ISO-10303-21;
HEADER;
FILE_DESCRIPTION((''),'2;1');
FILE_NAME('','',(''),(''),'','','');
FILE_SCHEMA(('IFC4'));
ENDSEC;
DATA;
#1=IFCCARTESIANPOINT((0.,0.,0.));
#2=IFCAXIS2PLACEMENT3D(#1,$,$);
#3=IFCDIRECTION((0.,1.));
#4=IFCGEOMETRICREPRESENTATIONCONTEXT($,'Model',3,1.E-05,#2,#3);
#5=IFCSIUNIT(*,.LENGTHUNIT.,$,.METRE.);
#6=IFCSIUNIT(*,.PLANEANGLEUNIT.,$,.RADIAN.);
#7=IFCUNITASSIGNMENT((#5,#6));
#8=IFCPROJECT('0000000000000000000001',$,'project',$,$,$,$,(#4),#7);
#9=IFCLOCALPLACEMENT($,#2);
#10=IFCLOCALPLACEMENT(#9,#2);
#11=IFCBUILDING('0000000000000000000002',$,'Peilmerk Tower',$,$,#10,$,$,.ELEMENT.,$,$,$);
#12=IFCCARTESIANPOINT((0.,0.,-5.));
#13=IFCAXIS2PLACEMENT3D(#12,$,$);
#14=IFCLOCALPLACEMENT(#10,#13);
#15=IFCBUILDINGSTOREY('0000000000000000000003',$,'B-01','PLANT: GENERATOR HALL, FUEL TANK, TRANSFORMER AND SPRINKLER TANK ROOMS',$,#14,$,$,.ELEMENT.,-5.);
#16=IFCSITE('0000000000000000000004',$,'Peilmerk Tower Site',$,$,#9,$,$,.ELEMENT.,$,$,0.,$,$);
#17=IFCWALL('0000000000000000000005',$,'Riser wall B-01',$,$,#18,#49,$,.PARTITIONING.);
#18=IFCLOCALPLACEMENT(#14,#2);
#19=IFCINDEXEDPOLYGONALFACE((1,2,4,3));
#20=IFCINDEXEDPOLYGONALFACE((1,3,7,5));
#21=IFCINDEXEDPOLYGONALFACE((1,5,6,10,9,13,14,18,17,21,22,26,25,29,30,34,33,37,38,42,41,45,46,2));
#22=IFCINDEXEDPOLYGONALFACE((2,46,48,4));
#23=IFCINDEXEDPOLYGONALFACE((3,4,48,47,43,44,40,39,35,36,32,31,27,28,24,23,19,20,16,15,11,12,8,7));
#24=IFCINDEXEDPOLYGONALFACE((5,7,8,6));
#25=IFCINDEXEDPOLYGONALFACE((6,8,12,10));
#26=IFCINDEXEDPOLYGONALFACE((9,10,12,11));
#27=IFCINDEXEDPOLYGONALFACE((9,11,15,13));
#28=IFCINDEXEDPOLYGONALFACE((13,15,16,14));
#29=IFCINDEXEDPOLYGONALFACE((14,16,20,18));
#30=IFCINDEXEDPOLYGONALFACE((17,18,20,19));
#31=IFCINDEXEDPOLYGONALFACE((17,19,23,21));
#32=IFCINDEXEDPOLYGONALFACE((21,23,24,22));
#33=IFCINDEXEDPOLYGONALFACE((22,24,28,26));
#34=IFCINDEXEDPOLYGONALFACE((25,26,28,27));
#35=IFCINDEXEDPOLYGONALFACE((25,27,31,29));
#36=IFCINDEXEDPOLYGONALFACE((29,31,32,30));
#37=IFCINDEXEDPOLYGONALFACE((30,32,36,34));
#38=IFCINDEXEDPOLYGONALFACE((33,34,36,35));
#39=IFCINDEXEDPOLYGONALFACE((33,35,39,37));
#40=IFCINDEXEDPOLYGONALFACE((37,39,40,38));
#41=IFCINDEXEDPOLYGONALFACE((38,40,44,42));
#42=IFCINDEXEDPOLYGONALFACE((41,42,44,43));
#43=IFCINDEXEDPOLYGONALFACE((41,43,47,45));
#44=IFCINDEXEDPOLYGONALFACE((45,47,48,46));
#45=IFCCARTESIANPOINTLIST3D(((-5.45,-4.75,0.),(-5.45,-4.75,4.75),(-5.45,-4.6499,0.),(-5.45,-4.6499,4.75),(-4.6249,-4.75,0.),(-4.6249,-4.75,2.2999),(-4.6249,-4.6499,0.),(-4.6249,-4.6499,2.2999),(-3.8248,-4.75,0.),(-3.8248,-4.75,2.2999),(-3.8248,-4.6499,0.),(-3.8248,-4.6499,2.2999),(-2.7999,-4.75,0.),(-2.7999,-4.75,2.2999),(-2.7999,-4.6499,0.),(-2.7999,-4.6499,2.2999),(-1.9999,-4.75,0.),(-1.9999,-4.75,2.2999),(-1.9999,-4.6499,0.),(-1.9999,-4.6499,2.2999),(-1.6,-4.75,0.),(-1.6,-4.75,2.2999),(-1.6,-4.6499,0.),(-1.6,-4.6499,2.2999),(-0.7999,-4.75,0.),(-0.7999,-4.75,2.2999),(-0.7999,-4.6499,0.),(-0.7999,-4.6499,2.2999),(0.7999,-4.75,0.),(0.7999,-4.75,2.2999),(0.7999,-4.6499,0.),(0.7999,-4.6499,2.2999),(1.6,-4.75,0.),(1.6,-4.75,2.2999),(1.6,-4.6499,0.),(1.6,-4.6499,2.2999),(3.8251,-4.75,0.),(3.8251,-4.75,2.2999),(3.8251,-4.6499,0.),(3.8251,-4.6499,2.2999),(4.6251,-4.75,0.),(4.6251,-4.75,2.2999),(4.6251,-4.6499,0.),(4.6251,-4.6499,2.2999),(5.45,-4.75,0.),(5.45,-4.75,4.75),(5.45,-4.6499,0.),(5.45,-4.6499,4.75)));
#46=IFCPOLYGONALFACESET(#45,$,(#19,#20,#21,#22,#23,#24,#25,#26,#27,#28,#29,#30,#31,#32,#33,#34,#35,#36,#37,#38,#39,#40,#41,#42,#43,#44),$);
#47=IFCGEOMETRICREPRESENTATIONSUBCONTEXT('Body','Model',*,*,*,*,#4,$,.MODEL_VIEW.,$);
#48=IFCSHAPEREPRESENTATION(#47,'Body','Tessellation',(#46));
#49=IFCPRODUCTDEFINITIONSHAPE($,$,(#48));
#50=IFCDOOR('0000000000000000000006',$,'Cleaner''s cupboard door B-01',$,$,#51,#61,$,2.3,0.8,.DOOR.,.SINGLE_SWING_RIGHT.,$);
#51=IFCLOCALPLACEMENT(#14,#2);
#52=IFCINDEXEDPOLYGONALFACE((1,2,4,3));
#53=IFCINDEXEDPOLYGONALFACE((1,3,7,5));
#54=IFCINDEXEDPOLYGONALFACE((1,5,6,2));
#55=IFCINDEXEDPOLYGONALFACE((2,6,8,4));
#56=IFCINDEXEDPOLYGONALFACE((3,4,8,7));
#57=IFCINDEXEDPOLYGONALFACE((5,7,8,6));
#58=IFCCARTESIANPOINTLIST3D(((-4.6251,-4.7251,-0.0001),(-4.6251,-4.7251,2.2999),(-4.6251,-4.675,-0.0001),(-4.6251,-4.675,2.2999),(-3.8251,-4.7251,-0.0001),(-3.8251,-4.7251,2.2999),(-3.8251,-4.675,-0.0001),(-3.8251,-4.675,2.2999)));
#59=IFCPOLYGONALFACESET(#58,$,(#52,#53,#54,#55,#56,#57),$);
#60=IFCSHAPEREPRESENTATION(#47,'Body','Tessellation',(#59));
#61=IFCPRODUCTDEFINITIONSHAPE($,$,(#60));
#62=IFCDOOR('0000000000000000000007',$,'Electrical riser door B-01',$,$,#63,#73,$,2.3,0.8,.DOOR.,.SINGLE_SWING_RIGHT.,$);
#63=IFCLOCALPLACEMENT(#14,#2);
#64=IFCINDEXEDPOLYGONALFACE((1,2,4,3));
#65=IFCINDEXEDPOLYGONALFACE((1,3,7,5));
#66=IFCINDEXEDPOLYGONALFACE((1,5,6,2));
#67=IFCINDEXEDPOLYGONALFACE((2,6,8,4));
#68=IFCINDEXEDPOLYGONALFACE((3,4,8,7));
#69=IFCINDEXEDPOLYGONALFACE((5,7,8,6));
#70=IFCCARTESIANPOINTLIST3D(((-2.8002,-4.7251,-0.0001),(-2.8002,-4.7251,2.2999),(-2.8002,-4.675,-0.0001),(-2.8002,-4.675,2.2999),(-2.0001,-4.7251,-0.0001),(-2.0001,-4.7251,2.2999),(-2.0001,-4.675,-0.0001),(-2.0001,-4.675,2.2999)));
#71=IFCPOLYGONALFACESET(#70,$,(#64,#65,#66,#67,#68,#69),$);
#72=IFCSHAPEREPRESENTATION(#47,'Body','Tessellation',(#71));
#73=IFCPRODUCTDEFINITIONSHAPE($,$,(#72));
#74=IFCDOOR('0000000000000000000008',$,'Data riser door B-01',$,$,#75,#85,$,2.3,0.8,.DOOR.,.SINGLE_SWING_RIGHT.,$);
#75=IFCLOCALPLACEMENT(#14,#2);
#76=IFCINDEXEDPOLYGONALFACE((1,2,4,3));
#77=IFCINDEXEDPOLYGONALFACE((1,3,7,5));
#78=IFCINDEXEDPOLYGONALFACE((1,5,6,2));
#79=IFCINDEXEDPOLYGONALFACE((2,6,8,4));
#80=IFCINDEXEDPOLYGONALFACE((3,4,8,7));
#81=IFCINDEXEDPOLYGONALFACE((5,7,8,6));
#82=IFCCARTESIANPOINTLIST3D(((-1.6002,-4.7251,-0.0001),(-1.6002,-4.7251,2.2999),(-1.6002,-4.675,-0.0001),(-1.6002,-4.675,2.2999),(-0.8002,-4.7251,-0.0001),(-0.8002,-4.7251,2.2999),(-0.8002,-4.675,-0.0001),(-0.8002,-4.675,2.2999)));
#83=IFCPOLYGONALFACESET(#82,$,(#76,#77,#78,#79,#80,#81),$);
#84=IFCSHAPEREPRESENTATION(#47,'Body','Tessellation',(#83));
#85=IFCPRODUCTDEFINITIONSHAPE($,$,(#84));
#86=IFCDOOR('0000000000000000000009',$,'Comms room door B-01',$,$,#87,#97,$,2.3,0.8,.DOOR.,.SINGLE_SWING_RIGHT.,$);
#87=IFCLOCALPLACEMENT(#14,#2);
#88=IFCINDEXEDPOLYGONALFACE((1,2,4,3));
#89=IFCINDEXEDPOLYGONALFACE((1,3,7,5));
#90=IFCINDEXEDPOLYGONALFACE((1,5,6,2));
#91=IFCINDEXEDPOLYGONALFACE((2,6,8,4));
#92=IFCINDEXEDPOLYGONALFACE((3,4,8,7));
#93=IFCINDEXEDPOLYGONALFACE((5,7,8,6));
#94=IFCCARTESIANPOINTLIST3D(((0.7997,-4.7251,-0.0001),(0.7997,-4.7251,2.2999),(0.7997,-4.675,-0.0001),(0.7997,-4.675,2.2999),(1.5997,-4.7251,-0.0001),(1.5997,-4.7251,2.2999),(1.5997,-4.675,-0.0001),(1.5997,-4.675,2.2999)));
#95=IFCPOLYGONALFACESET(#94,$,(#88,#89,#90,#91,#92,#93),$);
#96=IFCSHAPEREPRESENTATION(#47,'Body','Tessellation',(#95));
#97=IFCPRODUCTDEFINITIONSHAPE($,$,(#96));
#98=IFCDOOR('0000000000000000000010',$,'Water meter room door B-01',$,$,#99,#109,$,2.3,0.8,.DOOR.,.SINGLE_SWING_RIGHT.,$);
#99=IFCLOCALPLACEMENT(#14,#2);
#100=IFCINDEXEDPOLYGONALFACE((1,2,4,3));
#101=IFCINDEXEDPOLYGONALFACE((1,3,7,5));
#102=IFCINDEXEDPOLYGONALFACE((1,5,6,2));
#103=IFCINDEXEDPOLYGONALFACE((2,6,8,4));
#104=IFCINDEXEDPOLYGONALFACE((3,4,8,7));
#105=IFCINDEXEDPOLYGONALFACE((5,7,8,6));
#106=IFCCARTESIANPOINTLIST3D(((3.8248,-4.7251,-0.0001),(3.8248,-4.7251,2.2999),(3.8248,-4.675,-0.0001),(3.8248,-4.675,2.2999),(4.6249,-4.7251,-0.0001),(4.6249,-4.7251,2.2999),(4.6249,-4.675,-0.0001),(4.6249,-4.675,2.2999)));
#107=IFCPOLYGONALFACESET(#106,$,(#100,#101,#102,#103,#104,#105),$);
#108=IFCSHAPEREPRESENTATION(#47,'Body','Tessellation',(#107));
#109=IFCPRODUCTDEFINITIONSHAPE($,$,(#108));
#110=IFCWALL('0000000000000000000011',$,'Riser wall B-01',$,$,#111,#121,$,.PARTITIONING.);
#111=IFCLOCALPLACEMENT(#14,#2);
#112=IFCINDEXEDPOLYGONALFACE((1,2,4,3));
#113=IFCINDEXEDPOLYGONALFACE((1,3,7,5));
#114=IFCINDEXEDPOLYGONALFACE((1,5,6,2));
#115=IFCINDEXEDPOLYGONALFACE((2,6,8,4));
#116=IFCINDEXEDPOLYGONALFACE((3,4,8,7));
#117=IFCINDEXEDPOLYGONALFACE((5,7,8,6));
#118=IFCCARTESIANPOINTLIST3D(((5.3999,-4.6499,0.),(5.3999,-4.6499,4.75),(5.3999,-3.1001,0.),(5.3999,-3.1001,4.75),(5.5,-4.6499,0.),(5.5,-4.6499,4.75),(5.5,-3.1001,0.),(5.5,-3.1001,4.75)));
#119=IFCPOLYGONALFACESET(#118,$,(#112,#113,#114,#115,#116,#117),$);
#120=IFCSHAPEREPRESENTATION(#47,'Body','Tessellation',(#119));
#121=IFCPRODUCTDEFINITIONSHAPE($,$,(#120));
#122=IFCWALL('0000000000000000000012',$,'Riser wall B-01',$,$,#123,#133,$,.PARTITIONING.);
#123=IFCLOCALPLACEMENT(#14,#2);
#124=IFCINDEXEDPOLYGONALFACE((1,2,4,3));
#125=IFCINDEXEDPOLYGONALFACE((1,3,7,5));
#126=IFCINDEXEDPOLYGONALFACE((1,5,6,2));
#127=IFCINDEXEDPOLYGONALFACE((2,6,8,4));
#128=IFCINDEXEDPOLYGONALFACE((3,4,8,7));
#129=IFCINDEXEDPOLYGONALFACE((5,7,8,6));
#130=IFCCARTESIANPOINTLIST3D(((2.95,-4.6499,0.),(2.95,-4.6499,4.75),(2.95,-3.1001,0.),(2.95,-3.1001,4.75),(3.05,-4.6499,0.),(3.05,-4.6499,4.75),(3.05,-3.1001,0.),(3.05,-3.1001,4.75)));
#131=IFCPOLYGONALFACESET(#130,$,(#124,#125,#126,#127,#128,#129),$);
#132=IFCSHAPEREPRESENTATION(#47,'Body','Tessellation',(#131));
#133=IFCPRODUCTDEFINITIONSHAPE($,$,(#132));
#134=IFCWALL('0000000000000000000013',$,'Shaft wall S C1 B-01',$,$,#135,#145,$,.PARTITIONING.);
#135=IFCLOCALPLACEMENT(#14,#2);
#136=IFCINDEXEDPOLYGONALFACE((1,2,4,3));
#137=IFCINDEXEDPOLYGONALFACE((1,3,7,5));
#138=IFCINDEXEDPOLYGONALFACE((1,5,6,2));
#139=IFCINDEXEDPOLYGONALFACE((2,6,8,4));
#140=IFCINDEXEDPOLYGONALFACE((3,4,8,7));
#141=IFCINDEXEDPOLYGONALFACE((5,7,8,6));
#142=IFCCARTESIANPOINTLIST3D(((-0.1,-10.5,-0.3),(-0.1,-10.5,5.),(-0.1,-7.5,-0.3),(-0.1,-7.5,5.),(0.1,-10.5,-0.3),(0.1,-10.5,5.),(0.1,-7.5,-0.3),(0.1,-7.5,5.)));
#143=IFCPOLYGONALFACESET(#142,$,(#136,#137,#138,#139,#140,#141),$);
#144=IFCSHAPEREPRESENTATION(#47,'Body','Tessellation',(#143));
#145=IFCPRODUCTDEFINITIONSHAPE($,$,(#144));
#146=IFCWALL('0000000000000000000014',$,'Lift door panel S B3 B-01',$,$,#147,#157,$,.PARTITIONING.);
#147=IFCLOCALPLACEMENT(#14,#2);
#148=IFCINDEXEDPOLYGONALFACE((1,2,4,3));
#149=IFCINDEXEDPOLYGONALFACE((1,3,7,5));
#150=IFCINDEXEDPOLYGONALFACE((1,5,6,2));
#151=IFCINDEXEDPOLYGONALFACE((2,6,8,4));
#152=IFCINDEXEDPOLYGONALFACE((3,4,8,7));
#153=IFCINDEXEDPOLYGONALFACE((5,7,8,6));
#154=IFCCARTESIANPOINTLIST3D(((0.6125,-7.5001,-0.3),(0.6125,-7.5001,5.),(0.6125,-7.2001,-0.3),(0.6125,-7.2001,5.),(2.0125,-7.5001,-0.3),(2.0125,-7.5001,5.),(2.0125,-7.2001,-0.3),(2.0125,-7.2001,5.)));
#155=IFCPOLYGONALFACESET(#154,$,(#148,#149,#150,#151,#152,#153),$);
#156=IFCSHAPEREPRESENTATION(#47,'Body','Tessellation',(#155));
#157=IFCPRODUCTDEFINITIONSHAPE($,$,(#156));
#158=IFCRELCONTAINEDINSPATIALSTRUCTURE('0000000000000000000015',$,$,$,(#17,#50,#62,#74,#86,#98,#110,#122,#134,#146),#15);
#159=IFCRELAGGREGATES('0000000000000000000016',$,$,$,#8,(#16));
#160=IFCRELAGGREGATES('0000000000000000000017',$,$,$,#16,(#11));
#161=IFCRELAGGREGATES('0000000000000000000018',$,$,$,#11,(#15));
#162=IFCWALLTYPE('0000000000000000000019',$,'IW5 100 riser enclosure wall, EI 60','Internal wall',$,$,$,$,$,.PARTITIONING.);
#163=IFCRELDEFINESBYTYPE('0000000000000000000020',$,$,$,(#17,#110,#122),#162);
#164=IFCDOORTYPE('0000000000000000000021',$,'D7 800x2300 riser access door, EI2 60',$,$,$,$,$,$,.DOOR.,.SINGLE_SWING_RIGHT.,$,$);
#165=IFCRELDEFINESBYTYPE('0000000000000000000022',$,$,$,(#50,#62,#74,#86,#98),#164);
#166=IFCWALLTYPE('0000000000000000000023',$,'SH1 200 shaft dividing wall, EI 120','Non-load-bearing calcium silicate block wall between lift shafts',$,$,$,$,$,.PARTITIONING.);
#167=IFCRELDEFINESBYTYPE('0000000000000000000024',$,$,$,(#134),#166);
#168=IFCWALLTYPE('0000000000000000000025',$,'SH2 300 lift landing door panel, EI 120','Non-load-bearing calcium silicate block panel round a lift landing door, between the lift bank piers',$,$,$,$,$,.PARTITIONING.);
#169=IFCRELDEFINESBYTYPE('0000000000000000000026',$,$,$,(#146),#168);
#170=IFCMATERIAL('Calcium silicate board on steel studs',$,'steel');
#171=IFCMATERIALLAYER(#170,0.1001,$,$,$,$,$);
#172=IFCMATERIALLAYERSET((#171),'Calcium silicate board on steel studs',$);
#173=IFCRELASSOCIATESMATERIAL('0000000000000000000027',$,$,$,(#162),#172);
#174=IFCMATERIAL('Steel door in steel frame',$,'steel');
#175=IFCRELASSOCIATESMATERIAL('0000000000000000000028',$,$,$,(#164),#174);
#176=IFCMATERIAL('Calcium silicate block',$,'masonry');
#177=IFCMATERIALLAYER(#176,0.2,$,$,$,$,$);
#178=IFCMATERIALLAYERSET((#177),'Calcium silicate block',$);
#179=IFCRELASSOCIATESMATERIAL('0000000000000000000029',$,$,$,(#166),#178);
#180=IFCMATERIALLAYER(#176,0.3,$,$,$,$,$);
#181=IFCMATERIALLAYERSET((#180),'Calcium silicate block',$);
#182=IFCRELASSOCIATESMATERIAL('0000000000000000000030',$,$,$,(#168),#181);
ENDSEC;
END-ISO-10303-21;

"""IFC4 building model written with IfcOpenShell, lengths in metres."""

from ifc_helpers import new_model, si_unit, direction, frame, frame_2d, origin, place, context, subcontext, project, spatial, rectangle, extrude, material, layer, layer_set, type_object, element, fill, save


model = new_model("IFC4")

# Units and contexts
model_context = context("Model", 3, precision=1e-05, world=origin(), true_north=direction((0.0, 1.0)))
body_context = subcontext(model_context, "Body", "Model", "MODEL_VIEW")
ifc_project = project(units=[si_unit("LENGTHUNIT", "METRE"), si_unit("PLANEANGLEUNIT", "RADIAN")], contexts=[model_context])

# Site, building, storey
site_placement = place(None, origin())
site = spatial("IfcSite", under=ifc_project, at=site_placement, Name="Peilmerk Tower Site", CompositionType="ELEMENT", RefElevation=0.0)
building_placement = place(site_placement, origin())
building = spatial("IfcBuilding", under=site, at=building_placement, Name="Peilmerk Tower", CompositionType="ELEMENT")
storey_placement = place(building_placement, frame((0.0, 0.0, -5.0)))
storey = spatial("IfcBuildingStorey", under=building, at=storey_placement, Name="B-01", Description="PLANT: GENERATOR HALL, FUEL TANK, TRANSFORMER AND SPRINKLER TANK ROOMS", CompositionType="ELEMENT", Elevation=-5.0)

# Shared definitions
ifc_material_1 = material(Name="Calcium silicate board on steel studs", Category="steel")
ifc_layer_1 = layer(ifc_material_1, 0.1001)
ifc_layer_set_1 = layer_set([ifc_layer_1], Name="Calcium silicate board on steel studs")
wall_type_1 = type_object("IfcWallType", Name="IW5 100 riser enclosure wall, EI 60", Description="Internal wall", PredefinedType="PARTITIONING", material=ifc_layer_set_1)

# Wall, openings, doors
wall_1_placement = place(storey_placement, frame((5.45, -4.7, 0.0), z_axis=(0.0, 0.0, 1.0), x_axis=(-1.0, 0.0, 0.0)))
wall_1 = element("IfcWall", 1, at=wall_1_placement, inside=storey, type_object=wall_type_1, Name="Riser wall B-01", PredefinedType="PARTITIONING", context=body_context, shape_type="SweptSolid", body=[
    extrude(rectangle(XDim=10.8999, YDim=0.1001, at=frame_2d((5.45, 0.0))), origin(), (0.0, 0.0, 1.0), 4.75),
])
opening_1_placement = place(wall_1_placement, frame((9.2749, 0.0, 0.0)))
opening_1 = element("IfcOpeningElement", 2, at=opening_1_placement, cuts=wall_1, PredefinedType="OPENING", context=body_context, shape_type="SweptSolid", body=[
    extrude(rectangle(XDim=0.8, YDim=2.3, at=frame_2d((0.3999, 1.1499))), frame((0.0, 0.0601, 0.0), z_axis=(0.0, -1.0, 0.0), x_axis=(1.0, 0.0, 0.0)), (0.0, 0.0, 1.0), 0.1201),
])
opening_2_placement = place(wall_1_placement, frame((7.45, 0.0, 0.0)))
opening_2 = element("IfcOpeningElement", 3, at=opening_2_placement, cuts=wall_1, PredefinedType="OPENING", context=body_context, shape_type="SweptSolid", body=[
    extrude(rectangle(XDim=0.8, YDim=2.3, at=frame_2d((0.3999, 1.1499))), frame((0.0, 0.0601, 0.0), z_axis=(0.0, -1.0, 0.0), x_axis=(1.0, 0.0, 0.0)), (0.0, 0.0, 1.0), 0.1201),
])
opening_3_placement = place(wall_1_placement, frame((6.25, 0.0, 0.0)))
opening_3 = element("IfcOpeningElement", 4, at=opening_3_placement, cuts=wall_1, PredefinedType="OPENING", context=body_context, shape_type="SweptSolid", body=[
    extrude(rectangle(XDim=0.8, YDim=2.3, at=frame_2d((0.3999, 1.1499))), frame((0.0, 0.0601, 0.0), z_axis=(0.0, -1.0, 0.0), x_axis=(1.0, 0.0, 0.0)), (0.0, 0.0, 1.0), 0.1201),
])
opening_4_placement = place(wall_1_placement, frame((3.8501, 0.0, 0.0)))
opening_4 = element("IfcOpeningElement", 5, at=opening_4_placement, cuts=wall_1, PredefinedType="OPENING", context=body_context, shape_type="SweptSolid", body=[
    extrude(rectangle(XDim=0.8, YDim=2.3, at=frame_2d((0.3999, 1.1499))), frame((0.0, 0.0601, 0.0), z_axis=(0.0, -1.0, 0.0), x_axis=(1.0, 0.0, 0.0)), (0.0, 0.0, 1.0), 0.1201),
])
opening_5_placement = place(wall_1_placement, frame((0.825, 0.0, 0.0)))
opening_5 = element("IfcOpeningElement", 6, at=opening_5_placement, cuts=wall_1, PredefinedType="OPENING", context=body_context, shape_type="SweptSolid", body=[
    extrude(rectangle(XDim=0.8, YDim=2.3, at=frame_2d((0.3999, 1.1499))), frame((0.0, 0.0601, 0.0), z_axis=(0.0, -1.0, 0.0), x_axis=(1.0, 0.0, 0.0)), (0.0, 0.0, 1.0), 0.1201),
])
ifc_material_2 = material(Name="Steel door in steel frame", Category="steel")
door_type_1 = type_object("IfcDoorType", Name="D7 800x2300 riser access door, EI2 60", OperationType="SINGLE_SWING_RIGHT", PredefinedType="DOOR", material=ifc_material_2)
door_1_placement = place(opening_1_placement, frame((0.8, 0.0, 0.0), z_axis=(0.0, 0.0, 1.0), x_axis=(-1.0, 0.0, 0.0)))
door_1 = element("IfcDoor", 7, at=door_1_placement, inside=storey, type_object=door_type_1, Name="Cleaner's cupboard door B-01", OperationType="SINGLE_SWING_RIGHT", OverallHeight=2.3, OverallWidth=0.8, PredefinedType="DOOR", context=body_context, shape_type="SweptSolid", body=[
    extrude(rectangle(XDim=0.8, YDim=2.3, at=frame_2d((0.3999, 1.1499))), frame((0.0, 0.0249, 0.0), z_axis=(0.0, -1.0, 0.0), x_axis=(1.0, 0.0, 0.0)), (0.0, 0.0, 1.0), 0.05),
])
fill(opening_1, door_1)
door_2_placement = place(opening_2_placement, frame((0.8, 0.0, 0.0), z_axis=(0.0, 0.0, 1.0), x_axis=(-1.0, 0.0, 0.0)))
door_2 = element("IfcDoor", 8, at=door_2_placement, inside=storey, type_object=door_type_1, Name="Electrical riser door B-01", OperationType="SINGLE_SWING_RIGHT", OverallHeight=2.3, OverallWidth=0.8, PredefinedType="DOOR", context=body_context, shape_type="SweptSolid", body=[
    extrude(rectangle(XDim=0.8, YDim=2.3, at=frame_2d((0.3999, 1.1499))), frame((0.0, 0.0249, 0.0), z_axis=(0.0, -1.0, 0.0), x_axis=(1.0, 0.0, 0.0)), (0.0, 0.0, 1.0), 0.05),
])
fill(opening_2, door_2)
door_3_placement = place(opening_3_placement, frame((0.8, 0.0, 0.0), z_axis=(0.0, 0.0, 1.0), x_axis=(-1.0, 0.0, 0.0)))
door_3 = element("IfcDoor", 9, at=door_3_placement, inside=storey, type_object=door_type_1, Name="Data riser door B-01", OperationType="SINGLE_SWING_RIGHT", OverallHeight=2.3, OverallWidth=0.8, PredefinedType="DOOR", context=body_context, shape_type="SweptSolid", body=[
    extrude(rectangle(XDim=0.8, YDim=2.3, at=frame_2d((0.3999, 1.1499))), frame((0.0, 0.0249, 0.0), z_axis=(0.0, -1.0, 0.0), x_axis=(1.0, 0.0, 0.0)), (0.0, 0.0, 1.0), 0.05),
])
fill(opening_3, door_3)
door_4_placement = place(opening_4_placement, frame((0.8, 0.0, 0.0), z_axis=(0.0, 0.0, 1.0), x_axis=(-1.0, 0.0, 0.0)))
door_4 = element("IfcDoor", 10, at=door_4_placement, inside=storey, type_object=door_type_1, Name="Comms room door B-01", OperationType="SINGLE_SWING_RIGHT", OverallHeight=2.3, OverallWidth=0.8, PredefinedType="DOOR", context=body_context, shape_type="SweptSolid", body=[
    extrude(rectangle(XDim=0.8, YDim=2.3, at=frame_2d((0.3999, 1.1499))), frame((0.0, 0.0249, 0.0), z_axis=(0.0, -1.0, 0.0), x_axis=(1.0, 0.0, 0.0)), (0.0, 0.0, 1.0), 0.05),
])
fill(opening_4, door_4)
door_5_placement = place(opening_5_placement, frame((0.8, 0.0, 0.0), z_axis=(0.0, 0.0, 1.0), x_axis=(-1.0, 0.0, 0.0)))
door_5 = element("IfcDoor", 11, at=door_5_placement, inside=storey, type_object=door_type_1, Name="Water meter room door B-01", OperationType="SINGLE_SWING_RIGHT", OverallHeight=2.3, OverallWidth=0.8, PredefinedType="DOOR", context=body_context, shape_type="SweptSolid", body=[
    extrude(rectangle(XDim=0.8, YDim=2.3, at=frame_2d((0.3999, 1.1499))), frame((0.0, 0.0249, 0.0), z_axis=(0.0, -1.0, 0.0), x_axis=(1.0, 0.0, 0.0)), (0.0, 0.0, 1.0), 0.05),
])
fill(opening_5, door_5)

# Walls
for number, where, z_axis, x_axis, name in (
    (12, (5.45, -3.1001, 0.0), (0.0, 0.0, 1.0), (0.0, -1.0, 0.0), "Riser wall B-01"),
    (13, (3.0, -3.1001, 0.0), (0.0, 0.0, 1.0), (0.0, -1.0, 0.0), "Riser wall B-01"),
):
    element("IfcWall", number, at=place(storey_placement, frame(where, z_axis=z_axis, x_axis=x_axis)), inside=storey, type_object=wall_type_1, Name=name, PredefinedType="PARTITIONING", context=body_context, shape_type="SweptSolid", body=[
        extrude(rectangle(XDim=1.5498, YDim=0.1001, at=frame_2d((0.7749, 0.0))), origin(), (0.0, 0.0, 1.0), 4.75),
    ])
ifc_material_3 = material(Name="Calcium silicate block", Category="masonry")
ifc_layer_2 = layer(ifc_material_3, 0.2)
ifc_layer_set_2 = layer_set([ifc_layer_2], Name="Calcium silicate block")
wall_type_2 = type_object("IfcWallType", Name="SH1 200 shaft dividing wall, EI 120", Description="Non-load-bearing calcium silicate block wall between lift shafts", PredefinedType="PARTITIONING", material=ifc_layer_set_2)
wall_2_placement = place(storey_placement, frame((0.0, -10.5, -0.3), z_axis=(0.0, 0.0, 1.0), x_axis=(0.0, 1.0, 0.0)))
element("IfcWall", 14, at=wall_2_placement, inside=storey, type_object=wall_type_2, Name="Shaft wall S C1 B-01", PredefinedType="PARTITIONING", context=body_context, shape_type="SweptSolid", body=[
    extrude(rectangle(XDim=3.0, YDim=0.2, at=frame_2d((1.5, 0.0))), origin(), (0.0, 0.0, 1.0), 5.3),
])
ifc_layer_3 = layer(ifc_material_3, 0.3)
ifc_layer_set_3 = layer_set([ifc_layer_3], Name="Calcium silicate block")
wall_type_3 = type_object("IfcWallType", Name="SH2 300 lift landing door panel, EI 120", Description="Non-load-bearing calcium silicate block panel round a lift landing door, between the lift bank piers", PredefinedType="PARTITIONING", material=ifc_layer_set_3)
wall_3_placement = place(storey_placement, frame((0.6125, -7.3501, -0.3), z_axis=(0.0, 0.0, 1.0), x_axis=(1.0, 0.0, 0.0)))
element("IfcWall", 15, at=wall_3_placement, inside=storey, type_object=wall_type_3, Name="Lift door panel S B3 B-01", PredefinedType="PARTITIONING", context=body_context, shape_type="SweptSolid", body=[
    extrude(rectangle(XDim=1.3999, YDim=0.3, at=frame_2d((0.7, 0.0))), origin(), (0.0, 0.0, 1.0), 5.3),
])

save(model, "model.ifc")
